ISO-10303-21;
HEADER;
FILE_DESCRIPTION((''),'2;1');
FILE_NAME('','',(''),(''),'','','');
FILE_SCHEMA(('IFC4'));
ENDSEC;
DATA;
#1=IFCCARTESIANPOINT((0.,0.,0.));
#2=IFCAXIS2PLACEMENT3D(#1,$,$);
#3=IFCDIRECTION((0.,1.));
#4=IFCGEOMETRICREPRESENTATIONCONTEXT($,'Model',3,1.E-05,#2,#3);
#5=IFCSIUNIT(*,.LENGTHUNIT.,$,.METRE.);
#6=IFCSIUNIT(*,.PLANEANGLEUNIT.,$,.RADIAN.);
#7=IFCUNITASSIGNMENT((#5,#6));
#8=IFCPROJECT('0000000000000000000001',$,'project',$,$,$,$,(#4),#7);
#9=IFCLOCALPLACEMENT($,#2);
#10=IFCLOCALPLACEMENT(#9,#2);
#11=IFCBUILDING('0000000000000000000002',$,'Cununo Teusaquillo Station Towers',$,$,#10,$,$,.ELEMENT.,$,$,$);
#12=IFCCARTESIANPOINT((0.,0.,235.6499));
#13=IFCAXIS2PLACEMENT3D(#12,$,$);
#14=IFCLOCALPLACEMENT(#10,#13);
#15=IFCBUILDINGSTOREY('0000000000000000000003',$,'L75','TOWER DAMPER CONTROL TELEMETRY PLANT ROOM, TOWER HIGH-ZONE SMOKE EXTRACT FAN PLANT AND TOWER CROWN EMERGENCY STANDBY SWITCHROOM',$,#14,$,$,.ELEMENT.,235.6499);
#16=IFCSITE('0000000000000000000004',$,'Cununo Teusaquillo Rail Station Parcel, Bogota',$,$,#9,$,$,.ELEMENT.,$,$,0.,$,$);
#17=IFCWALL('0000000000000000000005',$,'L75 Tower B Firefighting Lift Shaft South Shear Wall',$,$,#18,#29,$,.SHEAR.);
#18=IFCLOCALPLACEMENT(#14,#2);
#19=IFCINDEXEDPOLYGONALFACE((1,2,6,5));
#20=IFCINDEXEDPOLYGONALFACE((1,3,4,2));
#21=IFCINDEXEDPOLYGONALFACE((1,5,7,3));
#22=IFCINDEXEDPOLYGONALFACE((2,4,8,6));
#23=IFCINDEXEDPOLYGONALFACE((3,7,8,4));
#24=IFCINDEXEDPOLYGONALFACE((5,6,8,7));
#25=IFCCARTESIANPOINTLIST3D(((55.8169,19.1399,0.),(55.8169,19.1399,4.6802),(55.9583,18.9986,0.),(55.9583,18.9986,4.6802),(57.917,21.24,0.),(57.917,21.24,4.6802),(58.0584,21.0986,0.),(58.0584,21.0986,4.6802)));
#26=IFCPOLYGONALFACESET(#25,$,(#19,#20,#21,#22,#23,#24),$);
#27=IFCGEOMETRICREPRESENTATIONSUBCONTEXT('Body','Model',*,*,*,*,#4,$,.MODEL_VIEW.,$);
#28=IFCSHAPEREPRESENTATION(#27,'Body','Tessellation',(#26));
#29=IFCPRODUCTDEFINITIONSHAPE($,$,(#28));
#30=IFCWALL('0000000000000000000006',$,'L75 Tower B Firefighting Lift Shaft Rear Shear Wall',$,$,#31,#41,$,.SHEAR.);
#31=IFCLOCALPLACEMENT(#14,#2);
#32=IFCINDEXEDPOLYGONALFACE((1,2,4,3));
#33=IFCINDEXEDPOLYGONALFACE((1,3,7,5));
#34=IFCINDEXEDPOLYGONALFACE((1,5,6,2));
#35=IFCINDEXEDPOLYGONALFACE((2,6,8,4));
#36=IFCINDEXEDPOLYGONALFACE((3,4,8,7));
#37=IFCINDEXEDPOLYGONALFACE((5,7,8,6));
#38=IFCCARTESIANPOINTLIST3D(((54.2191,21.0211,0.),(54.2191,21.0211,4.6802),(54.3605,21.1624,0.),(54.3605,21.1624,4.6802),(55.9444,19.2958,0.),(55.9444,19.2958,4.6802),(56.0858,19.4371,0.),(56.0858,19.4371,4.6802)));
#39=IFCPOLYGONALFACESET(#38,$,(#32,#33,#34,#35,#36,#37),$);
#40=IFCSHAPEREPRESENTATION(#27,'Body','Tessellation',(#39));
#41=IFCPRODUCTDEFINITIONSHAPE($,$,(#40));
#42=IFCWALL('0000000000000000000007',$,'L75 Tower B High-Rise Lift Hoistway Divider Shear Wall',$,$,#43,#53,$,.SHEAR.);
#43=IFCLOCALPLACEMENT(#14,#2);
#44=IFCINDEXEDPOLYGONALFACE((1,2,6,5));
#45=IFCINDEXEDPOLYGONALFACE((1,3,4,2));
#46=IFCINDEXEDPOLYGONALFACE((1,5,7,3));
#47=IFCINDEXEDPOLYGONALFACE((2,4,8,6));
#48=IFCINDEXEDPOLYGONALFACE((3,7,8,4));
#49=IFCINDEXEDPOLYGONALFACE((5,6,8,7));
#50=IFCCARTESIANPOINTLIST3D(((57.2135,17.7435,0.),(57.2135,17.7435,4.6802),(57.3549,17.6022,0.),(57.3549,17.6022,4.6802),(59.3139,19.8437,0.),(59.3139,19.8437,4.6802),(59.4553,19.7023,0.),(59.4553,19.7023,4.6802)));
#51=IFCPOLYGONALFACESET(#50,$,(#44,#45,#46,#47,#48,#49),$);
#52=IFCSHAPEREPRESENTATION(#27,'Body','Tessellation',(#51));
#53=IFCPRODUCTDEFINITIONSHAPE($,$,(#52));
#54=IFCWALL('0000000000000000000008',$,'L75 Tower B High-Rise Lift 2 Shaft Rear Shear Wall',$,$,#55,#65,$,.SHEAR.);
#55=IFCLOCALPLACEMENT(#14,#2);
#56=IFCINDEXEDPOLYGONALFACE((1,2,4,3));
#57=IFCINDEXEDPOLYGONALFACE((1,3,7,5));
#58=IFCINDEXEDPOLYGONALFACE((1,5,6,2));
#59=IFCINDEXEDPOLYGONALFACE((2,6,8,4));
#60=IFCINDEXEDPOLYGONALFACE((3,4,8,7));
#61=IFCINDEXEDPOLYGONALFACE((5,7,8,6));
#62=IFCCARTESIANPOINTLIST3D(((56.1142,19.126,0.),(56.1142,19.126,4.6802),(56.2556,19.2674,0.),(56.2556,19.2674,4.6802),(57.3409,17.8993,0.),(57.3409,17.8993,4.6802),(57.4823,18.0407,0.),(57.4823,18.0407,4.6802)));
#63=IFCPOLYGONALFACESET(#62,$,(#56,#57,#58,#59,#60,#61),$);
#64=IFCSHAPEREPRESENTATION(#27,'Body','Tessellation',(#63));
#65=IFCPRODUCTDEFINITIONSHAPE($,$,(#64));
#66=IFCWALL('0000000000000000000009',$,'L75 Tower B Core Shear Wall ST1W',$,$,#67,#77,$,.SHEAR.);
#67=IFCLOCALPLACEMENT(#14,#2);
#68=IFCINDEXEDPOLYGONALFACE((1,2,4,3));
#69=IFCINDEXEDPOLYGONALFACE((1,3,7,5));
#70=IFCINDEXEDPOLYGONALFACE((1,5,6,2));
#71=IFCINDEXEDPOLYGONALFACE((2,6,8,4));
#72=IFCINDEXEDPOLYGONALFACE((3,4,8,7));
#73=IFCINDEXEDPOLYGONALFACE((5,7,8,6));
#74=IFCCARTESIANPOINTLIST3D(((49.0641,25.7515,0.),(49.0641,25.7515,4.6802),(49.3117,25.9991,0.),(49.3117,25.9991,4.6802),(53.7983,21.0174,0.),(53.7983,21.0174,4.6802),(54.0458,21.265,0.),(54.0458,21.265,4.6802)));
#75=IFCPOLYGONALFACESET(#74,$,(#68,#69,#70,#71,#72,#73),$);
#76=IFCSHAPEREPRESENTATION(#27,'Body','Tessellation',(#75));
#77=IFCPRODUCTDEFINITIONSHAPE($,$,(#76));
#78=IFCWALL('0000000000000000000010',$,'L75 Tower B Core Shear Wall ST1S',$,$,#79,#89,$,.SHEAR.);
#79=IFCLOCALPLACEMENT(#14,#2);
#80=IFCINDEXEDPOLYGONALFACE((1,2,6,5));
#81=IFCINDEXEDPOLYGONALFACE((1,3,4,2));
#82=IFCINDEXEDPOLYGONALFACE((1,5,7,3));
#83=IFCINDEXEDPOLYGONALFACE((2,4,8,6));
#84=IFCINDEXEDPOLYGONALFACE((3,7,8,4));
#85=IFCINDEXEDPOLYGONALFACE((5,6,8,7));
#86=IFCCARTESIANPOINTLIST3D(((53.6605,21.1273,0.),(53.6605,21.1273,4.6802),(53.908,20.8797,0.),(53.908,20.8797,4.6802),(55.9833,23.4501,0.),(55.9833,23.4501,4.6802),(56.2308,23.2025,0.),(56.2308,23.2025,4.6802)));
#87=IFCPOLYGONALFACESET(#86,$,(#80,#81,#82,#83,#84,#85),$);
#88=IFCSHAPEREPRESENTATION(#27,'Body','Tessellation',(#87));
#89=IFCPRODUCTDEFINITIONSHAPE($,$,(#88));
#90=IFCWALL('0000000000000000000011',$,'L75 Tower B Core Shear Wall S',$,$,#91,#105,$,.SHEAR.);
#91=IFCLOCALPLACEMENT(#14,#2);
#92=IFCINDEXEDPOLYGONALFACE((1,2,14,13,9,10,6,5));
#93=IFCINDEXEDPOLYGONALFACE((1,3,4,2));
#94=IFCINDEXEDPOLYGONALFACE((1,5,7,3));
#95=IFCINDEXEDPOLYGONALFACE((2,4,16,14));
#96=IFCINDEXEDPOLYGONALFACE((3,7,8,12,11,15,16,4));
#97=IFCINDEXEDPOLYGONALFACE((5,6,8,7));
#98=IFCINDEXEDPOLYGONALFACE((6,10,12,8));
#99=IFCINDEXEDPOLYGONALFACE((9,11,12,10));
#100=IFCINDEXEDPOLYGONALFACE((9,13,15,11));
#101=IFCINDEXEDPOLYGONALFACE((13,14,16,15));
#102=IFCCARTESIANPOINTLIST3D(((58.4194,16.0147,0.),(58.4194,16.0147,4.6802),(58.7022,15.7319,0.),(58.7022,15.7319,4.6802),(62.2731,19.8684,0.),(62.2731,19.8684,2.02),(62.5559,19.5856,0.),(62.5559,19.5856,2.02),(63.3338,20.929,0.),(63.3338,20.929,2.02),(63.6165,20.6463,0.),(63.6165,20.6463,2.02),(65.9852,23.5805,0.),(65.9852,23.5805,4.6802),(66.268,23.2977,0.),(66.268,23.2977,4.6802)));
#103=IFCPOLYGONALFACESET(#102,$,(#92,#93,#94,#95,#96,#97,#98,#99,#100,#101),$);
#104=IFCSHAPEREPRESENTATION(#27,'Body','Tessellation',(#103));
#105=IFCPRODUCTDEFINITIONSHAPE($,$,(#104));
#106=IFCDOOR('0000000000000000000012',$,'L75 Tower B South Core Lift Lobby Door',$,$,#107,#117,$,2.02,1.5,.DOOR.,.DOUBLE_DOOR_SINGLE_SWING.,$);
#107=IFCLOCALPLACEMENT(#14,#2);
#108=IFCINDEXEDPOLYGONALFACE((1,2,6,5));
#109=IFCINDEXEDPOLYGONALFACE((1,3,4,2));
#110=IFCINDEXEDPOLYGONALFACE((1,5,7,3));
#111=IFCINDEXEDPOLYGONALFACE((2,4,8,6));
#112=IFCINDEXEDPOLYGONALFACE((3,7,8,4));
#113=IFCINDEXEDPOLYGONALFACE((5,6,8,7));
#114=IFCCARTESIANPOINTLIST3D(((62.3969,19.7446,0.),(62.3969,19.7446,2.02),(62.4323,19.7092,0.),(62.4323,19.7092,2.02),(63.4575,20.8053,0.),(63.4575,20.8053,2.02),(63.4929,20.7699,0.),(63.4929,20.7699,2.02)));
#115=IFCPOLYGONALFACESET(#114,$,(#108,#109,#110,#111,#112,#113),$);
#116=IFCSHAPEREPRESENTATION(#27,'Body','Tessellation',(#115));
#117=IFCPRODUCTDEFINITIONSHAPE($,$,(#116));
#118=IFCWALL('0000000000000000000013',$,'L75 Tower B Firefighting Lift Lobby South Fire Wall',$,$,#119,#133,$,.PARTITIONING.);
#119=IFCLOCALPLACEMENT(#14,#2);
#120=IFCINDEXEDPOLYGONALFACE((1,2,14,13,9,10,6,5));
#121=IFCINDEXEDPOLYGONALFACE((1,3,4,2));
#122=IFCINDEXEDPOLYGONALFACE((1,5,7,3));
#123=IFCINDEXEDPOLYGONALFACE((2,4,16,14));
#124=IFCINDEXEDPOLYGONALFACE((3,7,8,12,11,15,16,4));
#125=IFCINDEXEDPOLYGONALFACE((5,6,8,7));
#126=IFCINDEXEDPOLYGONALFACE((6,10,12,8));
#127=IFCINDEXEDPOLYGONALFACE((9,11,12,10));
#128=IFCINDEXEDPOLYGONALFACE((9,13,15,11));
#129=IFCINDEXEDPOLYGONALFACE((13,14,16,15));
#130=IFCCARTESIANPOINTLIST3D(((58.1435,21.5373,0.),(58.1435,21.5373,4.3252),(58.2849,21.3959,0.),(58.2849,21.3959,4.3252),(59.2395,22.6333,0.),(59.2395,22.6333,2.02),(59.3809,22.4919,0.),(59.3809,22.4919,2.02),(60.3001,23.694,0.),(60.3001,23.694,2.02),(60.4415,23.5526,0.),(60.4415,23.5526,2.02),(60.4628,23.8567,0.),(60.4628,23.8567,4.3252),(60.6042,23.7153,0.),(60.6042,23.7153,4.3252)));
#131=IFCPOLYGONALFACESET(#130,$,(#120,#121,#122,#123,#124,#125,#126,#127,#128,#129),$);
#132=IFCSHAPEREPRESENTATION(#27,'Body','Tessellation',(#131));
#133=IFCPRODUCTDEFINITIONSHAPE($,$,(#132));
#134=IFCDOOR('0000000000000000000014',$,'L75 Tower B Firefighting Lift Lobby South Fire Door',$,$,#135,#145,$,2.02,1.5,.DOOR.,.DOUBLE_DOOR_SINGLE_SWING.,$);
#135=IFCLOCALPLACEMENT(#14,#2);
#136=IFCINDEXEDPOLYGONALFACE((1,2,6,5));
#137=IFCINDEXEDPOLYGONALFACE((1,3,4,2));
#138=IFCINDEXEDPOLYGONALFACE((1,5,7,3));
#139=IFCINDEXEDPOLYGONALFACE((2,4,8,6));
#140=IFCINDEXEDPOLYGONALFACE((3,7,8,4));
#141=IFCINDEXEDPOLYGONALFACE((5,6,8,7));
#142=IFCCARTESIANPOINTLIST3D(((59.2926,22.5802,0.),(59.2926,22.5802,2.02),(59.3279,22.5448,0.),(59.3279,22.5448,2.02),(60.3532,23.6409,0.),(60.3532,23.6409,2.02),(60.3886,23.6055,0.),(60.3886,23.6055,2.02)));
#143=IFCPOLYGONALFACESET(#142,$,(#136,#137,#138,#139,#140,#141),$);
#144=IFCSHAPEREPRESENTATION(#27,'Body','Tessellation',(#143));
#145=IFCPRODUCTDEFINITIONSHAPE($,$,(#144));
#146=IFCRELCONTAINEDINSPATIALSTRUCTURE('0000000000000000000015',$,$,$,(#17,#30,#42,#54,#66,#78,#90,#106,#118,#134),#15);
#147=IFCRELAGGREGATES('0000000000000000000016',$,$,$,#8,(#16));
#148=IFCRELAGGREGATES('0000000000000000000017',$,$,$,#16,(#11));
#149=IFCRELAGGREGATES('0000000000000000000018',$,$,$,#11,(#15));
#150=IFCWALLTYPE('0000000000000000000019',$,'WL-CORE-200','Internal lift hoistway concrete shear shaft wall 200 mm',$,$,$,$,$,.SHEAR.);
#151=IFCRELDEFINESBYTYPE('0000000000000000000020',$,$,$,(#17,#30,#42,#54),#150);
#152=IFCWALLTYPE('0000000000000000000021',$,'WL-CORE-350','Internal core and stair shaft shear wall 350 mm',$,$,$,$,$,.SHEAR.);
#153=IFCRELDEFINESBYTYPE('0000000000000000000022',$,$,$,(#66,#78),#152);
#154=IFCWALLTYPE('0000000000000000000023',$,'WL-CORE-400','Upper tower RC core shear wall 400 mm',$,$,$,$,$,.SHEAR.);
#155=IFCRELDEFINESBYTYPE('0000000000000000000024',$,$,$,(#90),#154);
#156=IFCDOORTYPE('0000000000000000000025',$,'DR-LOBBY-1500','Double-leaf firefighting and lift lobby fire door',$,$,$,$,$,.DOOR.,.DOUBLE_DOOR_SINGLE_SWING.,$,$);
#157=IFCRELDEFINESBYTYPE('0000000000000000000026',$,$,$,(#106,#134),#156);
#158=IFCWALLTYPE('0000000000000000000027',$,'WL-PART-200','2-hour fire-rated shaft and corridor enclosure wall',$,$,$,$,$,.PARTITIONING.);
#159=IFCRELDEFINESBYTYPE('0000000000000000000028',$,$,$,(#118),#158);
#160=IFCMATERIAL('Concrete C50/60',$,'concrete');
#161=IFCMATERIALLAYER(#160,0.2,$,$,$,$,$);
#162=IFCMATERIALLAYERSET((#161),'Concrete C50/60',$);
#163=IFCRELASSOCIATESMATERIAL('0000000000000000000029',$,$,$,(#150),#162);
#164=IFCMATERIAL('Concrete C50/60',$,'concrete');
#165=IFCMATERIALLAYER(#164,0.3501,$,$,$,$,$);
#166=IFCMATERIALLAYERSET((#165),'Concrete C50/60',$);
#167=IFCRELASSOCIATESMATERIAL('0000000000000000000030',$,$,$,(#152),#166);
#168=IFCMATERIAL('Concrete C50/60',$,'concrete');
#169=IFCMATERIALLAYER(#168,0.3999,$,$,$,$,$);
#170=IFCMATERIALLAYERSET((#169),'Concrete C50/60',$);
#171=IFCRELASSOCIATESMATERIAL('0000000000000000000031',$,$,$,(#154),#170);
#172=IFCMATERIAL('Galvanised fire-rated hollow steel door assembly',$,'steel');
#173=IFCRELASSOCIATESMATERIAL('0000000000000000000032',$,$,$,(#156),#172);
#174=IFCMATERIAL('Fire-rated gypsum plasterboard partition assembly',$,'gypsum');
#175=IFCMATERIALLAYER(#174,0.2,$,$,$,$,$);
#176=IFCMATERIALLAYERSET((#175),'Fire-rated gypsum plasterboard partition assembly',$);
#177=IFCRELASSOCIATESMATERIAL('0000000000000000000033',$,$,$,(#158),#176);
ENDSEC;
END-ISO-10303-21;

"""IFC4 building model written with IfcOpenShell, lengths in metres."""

from ifc_helpers import new_model, si_unit, direction, frame, frame_2d, origin, place, context, subcontext, project, spatial, rectangle, extrude, source, transform, mapped, material, layer, layer_set, type_object, element, fill, save


model = new_model("IFC4")

# Units and contexts
model_context = context("Model", 3, precision=1e-05, world=origin(), true_north=direction((0.0, 1.0)))
body_context = subcontext(model_context, "Body", "Model", "MODEL_VIEW")
ifc_project = project(units=[si_unit("LENGTHUNIT", "METRE"), si_unit("PLANEANGLEUNIT", "RADIAN")], contexts=[model_context])

# Site, building, storey
site_placement = place(None, origin())
site = spatial("IfcSite", under=ifc_project, at=site_placement, Name="Cununo Teusaquillo Rail Station Parcel, Bogota", CompositionType="ELEMENT", RefElevation=0.0)
building_placement = place(site_placement, origin())
building = spatial("IfcBuilding", under=site, at=building_placement, Name="Cununo Teusaquillo Station Towers", CompositionType="ELEMENT")
storey_placement = place(building_placement, frame((0.0, 0.0, 235.6499)))
storey = spatial("IfcBuildingStorey", under=building, at=storey_placement, Name="L75", Description="TOWER DAMPER CONTROL TELEMETRY PLANT ROOM, TOWER HIGH-ZONE SMOKE EXTRACT FAN PLANT AND TOWER CROWN EMERGENCY STANDBY SWITCHROOM", CompositionType="ELEMENT", Elevation=235.6499)

# Walls
ifc_material_1 = material(Name="Concrete C50/60", Category="concrete")
ifc_layer_1 = layer(ifc_material_1, 0.2)
ifc_layer_set_1 = layer_set([ifc_layer_1], Name="Concrete C50/60")
wall_type_1 = type_object("IfcWallType", Name="WL-CORE-200", Description="Internal lift hoistway concrete shear shaft wall 200 mm", PredefinedType="SHEAR", material=ifc_layer_set_1)
wall_1_placement = place(storey_placement, frame((55.8877, 19.0693, 0.0), z_axis=(0.0, 0.0, 1.0), x_axis=(0.707107, 0.707107, 0.0)))
element("IfcWall", 1, at=wall_1_placement, inside=storey, type_object=wall_type_1, Name="L75 Tower B Firefighting Lift Shaft South Shear Wall", PredefinedType="SHEAR", context=body_context, shape_type="SweptSolid", body=[
    extrude(rectangle(XDim=2.97, YDim=0.2, at=frame_2d((1.4849, 0.0))), origin(), (0.0, 0.0, 1.0), 4.6802),
])
wall_2_placement = place(storey_placement, frame((56.0151, 19.3665, 0.0), z_axis=(0.0, 0.0, 1.0), x_axis=(-0.707107, 0.707107, 0.0)))
element("IfcWall", 2, at=wall_2_placement, inside=storey, type_object=wall_type_1, Name="L75 Tower B Firefighting Lift Shaft Rear Shear Wall", PredefinedType="SHEAR", context=body_context, shape_type="SweptSolid", body=[
    extrude(rectangle(XDim=2.4399, YDim=0.2, at=frame_2d((1.22, 0.0))), origin(), (0.0, 0.0, 1.0), 4.6802),
])
wall_3_placement = place(storey_placement, frame((57.2842, 17.6729, 0.0), z_axis=(0.0, 0.0, 1.0), x_axis=(0.707148, 0.707066, 0.0)))
element("IfcWall", 3, at=wall_3_placement, inside=storey, type_object=wall_type_1, Name="L75 Tower B High-Rise Lift Hoistway Divider Shear Wall", PredefinedType="SHEAR", context=body_context, shape_type="SweptSolid", body=[
    extrude(rectangle(XDim=2.9702, YDim=0.2, at=frame_2d((1.4851, 0.0))), origin(), (0.0, 0.0, 1.0), 4.6802),
])
wall_4_placement = place(storey_placement, frame((57.4116, 17.97, 0.0), z_axis=(0.0, 0.0, 1.0), x_axis=(-0.707107, 0.707107, 0.0)))
element("IfcWall", 4, at=wall_4_placement, inside=storey, type_object=wall_type_1, Name="L75 Tower B High-Rise Lift 2 Shaft Rear Shear Wall", PredefinedType="SHEAR", context=body_context, shape_type="SweptSolid", body=[
    extrude(rectangle(XDim=1.7349, YDim=0.2, at=frame_2d((0.8674, 0.0))), origin(), (0.0, 0.0, 1.0), 4.6802),
])
ifc_material_2 = material(Name="Concrete C50/60", Category="concrete")
ifc_layer_2 = layer(ifc_material_2, 0.3501)
ifc_layer_set_2 = layer_set([ifc_layer_2], Name="Concrete C50/60")
wall_type_2 = type_object("IfcWallType", Name="WL-CORE-350", Description="Internal core and stair shaft shear wall 350 mm", PredefinedType="SHEAR", material=ifc_layer_set_2)
wall_5_placement = place(storey_placement, frame((53.9221, 21.1411, 0.0), z_axis=(0.0, 0.0, 1.0), x_axis=(-0.707107, 0.707107, 0.0)))
element("IfcWall", 5, at=wall_5_placement, inside=storey, type_object=wall_type_2, Name="L75 Tower B Core Shear Wall ST1W", PredefinedType="SHEAR", context=body_context, shape_type="SweptSolid", body=[
    extrude(rectangle(XDim=6.6951, YDim=0.3501, at=frame_2d((3.3477, 0.0))), origin(), (0.0, 0.0, 1.0), 4.6802),
])
wall_6_placement = place(storey_placement, frame((53.7842, 21.0034, 0.0), z_axis=(0.0, 0.0, 1.0), x_axis=(0.707107, 0.707107, 0.0)))
element("IfcWall", 6, at=wall_6_placement, inside=storey, type_object=wall_type_2, Name="L75 Tower B Core Shear Wall ST1S", PredefinedType="SHEAR", context=body_context, shape_type="SweptSolid", body=[
    extrude(rectangle(XDim=3.2849, YDim=0.3501, at=frame_2d((1.6426, 0.0))), origin(), (0.0, 0.0, 1.0), 4.6802),
])

# Walls, openings, doors
ifc_material_3 = material(Name="Concrete C50/60", Category="concrete")
ifc_layer_3 = layer(ifc_material_3, 0.3999)
ifc_layer_set_3 = layer_set([ifc_layer_3], Name="Concrete C50/60")
wall_type_3 = type_object("IfcWallType", Name="WL-CORE-400", Description="Upper tower RC core shear wall 400 mm", PredefinedType="SHEAR", material=ifc_layer_set_3)
wall_7_placement = place(storey_placement, frame((58.5608, 15.8733, 0.0), z_axis=(0.0, 0.0, 1.0), x_axis=(0.707107, 0.707107, 0.0)))
wall_7 = element("IfcWall", 7, at=wall_7_placement, inside=storey, type_object=wall_type_3, Name="L75 Tower B Core Shear Wall S", PredefinedType="SHEAR", context=body_context, shape_type="SweptSolid", body=[
    extrude(rectangle(XDim=10.6997, YDim=0.3999, at=frame_2d((5.3499, 0.0))), origin(), (0.0, 0.0, 1.0), 4.6802),
])
shared_shape_1 = source(origin(), body_context, "Body", "SweptSolid", [
    extrude(rectangle(XDim=1.5, YDim=2.02, at=frame_2d((0.75, 1.01))), frame((0.0, 0.21, 0.0), z_axis=(0.0, -1.0, 0.0), x_axis=(1.0, 0.0, 0.0)), (0.0, 0.0, 1.0), 0.4199),
])
opening_1_placement = place(wall_7_placement, frame((5.45, 0.0, 0.0)))
opening_1 = element("IfcOpeningElement", 8, at=opening_1_placement, cuts=wall_7, PredefinedType="OPENING", context=body_context, shape_type="MappedRepresentation", body=[
    mapped(shared_shape_1, transform((0.0, 0.0, 0.0), x_axis=(1.0, 0.0, 0.0), y_axis=(0.0, 1.0, 0.0), z_axis=(0.0, 0.0, 1.0), scale=1.0)),
])
ifc_material_4 = material(Name="Galvanised fire-rated hollow steel door assembly", Category="steel")
door_type_1 = type_object("IfcDoorType", Name="DR-LOBBY-1500", Description="Double-leaf firefighting and lift lobby fire door", OperationType="DOUBLE_DOOR_SINGLE_SWING", PredefinedType="DOOR", material=ifc_material_4)
shared_shape_2 = source(origin(), body_context, "Body", "SweptSolid", [
    extrude(rectangle(XDim=1.5, YDim=2.02, at=frame_2d((0.75, 1.01))), frame((0.0, 0.0249, 0.0), z_axis=(0.0, -1.0, 0.0), x_axis=(1.0, 0.0, 0.0)), (0.0, 0.0, 1.0), 0.05),
])
door_1_placement = place(opening_1_placement, origin())
door_1 = element("IfcDoor", 9, at=door_1_placement, inside=storey, type_object=door_type_1, Name="L75 Tower B South Core Lift Lobby Door", OperationType="DOUBLE_DOOR_SINGLE_SWING", OverallHeight=2.02, OverallWidth=1.5, PredefinedType="DOOR", context=body_context, shape_type="MappedRepresentation", body=[
    mapped(shared_shape_2, transform((0.0, 0.0, 0.0), x_axis=(1.0, 0.0, 0.0), y_axis=(0.0, 1.0, 0.0), z_axis=(0.0, 0.0, 1.0), scale=1.0)),
])
fill(opening_1, door_1)
ifc_material_5 = material(Name="Fire-rated gypsum plasterboard partition assembly", Category="gypsum")
ifc_layer_4 = layer(ifc_material_5, 0.2)
ifc_layer_set_4 = layer_set([ifc_layer_4], Name="Fire-rated gypsum plasterboard partition assembly")
wall_type_4 = type_object("IfcWallType", Name="WL-PART-200", Description="2-hour fire-rated shaft and corridor enclosure wall", PredefinedType="PARTITIONING", material=ifc_layer_set_4)
wall_8_placement = place(storey_placement, frame((58.2141, 21.4666, 0.0), z_axis=(0.0, 0.0, 1.0), x_axis=(0.707107, 0.707107, 0.0)))
wall_8 = element("IfcWall", 10, at=wall_8_placement, inside=storey, type_object=wall_type_4, Name="L75 Tower B Firefighting Lift Lobby South Fire Wall", PredefinedType="PARTITIONING", context=body_context, shape_type="SweptSolid", body=[
    extrude(rectangle(XDim=3.28, YDim=0.2, at=frame_2d((1.6401, 0.0))), origin(), (0.0, 0.0, 1.0), 4.3252),
])
shared_shape_3 = source(origin(), body_context, "Body", "SweptSolid", [
    extrude(rectangle(XDim=1.5, YDim=2.02, at=frame_2d((0.75, 1.01))), frame((0.0, 0.1099, 0.0), z_axis=(0.0, -1.0, 0.0), x_axis=(1.0, 0.0, 0.0)), (0.0, 0.0, 1.0), 0.22),
])
opening_2_placement = place(wall_8_placement, frame((1.55, 0.0, 0.0)))
opening_2 = element("IfcOpeningElement", 11, at=opening_2_placement, cuts=wall_8, PredefinedType="OPENING", context=body_context, shape_type="MappedRepresentation", body=[
    mapped(shared_shape_3, transform((0.0, 0.0, 0.0), x_axis=(1.0, 0.0, 0.0), y_axis=(0.0, 1.0, 0.0), z_axis=(0.0, 0.0, 1.0), scale=1.0)),
])
door_2_placement = place(opening_2_placement, origin())
door_2 = element("IfcDoor", 12, at=door_2_placement, inside=storey, type_object=door_type_1, Name="L75 Tower B Firefighting Lift Lobby South Fire Door", OperationType="DOUBLE_DOOR_SINGLE_SWING", OverallHeight=2.02, OverallWidth=1.5, PredefinedType="DOOR", context=body_context, shape_type="MappedRepresentation", body=[
    mapped(shared_shape_2, transform((0.0, 0.0, 0.0), x_axis=(1.0, 0.0, 0.0), y_axis=(0.0, 1.0, 0.0), z_axis=(0.0, 0.0, 1.0), scale=1.0)),
])
fill(opening_2, door_2)

save(model, "model.ifc")
